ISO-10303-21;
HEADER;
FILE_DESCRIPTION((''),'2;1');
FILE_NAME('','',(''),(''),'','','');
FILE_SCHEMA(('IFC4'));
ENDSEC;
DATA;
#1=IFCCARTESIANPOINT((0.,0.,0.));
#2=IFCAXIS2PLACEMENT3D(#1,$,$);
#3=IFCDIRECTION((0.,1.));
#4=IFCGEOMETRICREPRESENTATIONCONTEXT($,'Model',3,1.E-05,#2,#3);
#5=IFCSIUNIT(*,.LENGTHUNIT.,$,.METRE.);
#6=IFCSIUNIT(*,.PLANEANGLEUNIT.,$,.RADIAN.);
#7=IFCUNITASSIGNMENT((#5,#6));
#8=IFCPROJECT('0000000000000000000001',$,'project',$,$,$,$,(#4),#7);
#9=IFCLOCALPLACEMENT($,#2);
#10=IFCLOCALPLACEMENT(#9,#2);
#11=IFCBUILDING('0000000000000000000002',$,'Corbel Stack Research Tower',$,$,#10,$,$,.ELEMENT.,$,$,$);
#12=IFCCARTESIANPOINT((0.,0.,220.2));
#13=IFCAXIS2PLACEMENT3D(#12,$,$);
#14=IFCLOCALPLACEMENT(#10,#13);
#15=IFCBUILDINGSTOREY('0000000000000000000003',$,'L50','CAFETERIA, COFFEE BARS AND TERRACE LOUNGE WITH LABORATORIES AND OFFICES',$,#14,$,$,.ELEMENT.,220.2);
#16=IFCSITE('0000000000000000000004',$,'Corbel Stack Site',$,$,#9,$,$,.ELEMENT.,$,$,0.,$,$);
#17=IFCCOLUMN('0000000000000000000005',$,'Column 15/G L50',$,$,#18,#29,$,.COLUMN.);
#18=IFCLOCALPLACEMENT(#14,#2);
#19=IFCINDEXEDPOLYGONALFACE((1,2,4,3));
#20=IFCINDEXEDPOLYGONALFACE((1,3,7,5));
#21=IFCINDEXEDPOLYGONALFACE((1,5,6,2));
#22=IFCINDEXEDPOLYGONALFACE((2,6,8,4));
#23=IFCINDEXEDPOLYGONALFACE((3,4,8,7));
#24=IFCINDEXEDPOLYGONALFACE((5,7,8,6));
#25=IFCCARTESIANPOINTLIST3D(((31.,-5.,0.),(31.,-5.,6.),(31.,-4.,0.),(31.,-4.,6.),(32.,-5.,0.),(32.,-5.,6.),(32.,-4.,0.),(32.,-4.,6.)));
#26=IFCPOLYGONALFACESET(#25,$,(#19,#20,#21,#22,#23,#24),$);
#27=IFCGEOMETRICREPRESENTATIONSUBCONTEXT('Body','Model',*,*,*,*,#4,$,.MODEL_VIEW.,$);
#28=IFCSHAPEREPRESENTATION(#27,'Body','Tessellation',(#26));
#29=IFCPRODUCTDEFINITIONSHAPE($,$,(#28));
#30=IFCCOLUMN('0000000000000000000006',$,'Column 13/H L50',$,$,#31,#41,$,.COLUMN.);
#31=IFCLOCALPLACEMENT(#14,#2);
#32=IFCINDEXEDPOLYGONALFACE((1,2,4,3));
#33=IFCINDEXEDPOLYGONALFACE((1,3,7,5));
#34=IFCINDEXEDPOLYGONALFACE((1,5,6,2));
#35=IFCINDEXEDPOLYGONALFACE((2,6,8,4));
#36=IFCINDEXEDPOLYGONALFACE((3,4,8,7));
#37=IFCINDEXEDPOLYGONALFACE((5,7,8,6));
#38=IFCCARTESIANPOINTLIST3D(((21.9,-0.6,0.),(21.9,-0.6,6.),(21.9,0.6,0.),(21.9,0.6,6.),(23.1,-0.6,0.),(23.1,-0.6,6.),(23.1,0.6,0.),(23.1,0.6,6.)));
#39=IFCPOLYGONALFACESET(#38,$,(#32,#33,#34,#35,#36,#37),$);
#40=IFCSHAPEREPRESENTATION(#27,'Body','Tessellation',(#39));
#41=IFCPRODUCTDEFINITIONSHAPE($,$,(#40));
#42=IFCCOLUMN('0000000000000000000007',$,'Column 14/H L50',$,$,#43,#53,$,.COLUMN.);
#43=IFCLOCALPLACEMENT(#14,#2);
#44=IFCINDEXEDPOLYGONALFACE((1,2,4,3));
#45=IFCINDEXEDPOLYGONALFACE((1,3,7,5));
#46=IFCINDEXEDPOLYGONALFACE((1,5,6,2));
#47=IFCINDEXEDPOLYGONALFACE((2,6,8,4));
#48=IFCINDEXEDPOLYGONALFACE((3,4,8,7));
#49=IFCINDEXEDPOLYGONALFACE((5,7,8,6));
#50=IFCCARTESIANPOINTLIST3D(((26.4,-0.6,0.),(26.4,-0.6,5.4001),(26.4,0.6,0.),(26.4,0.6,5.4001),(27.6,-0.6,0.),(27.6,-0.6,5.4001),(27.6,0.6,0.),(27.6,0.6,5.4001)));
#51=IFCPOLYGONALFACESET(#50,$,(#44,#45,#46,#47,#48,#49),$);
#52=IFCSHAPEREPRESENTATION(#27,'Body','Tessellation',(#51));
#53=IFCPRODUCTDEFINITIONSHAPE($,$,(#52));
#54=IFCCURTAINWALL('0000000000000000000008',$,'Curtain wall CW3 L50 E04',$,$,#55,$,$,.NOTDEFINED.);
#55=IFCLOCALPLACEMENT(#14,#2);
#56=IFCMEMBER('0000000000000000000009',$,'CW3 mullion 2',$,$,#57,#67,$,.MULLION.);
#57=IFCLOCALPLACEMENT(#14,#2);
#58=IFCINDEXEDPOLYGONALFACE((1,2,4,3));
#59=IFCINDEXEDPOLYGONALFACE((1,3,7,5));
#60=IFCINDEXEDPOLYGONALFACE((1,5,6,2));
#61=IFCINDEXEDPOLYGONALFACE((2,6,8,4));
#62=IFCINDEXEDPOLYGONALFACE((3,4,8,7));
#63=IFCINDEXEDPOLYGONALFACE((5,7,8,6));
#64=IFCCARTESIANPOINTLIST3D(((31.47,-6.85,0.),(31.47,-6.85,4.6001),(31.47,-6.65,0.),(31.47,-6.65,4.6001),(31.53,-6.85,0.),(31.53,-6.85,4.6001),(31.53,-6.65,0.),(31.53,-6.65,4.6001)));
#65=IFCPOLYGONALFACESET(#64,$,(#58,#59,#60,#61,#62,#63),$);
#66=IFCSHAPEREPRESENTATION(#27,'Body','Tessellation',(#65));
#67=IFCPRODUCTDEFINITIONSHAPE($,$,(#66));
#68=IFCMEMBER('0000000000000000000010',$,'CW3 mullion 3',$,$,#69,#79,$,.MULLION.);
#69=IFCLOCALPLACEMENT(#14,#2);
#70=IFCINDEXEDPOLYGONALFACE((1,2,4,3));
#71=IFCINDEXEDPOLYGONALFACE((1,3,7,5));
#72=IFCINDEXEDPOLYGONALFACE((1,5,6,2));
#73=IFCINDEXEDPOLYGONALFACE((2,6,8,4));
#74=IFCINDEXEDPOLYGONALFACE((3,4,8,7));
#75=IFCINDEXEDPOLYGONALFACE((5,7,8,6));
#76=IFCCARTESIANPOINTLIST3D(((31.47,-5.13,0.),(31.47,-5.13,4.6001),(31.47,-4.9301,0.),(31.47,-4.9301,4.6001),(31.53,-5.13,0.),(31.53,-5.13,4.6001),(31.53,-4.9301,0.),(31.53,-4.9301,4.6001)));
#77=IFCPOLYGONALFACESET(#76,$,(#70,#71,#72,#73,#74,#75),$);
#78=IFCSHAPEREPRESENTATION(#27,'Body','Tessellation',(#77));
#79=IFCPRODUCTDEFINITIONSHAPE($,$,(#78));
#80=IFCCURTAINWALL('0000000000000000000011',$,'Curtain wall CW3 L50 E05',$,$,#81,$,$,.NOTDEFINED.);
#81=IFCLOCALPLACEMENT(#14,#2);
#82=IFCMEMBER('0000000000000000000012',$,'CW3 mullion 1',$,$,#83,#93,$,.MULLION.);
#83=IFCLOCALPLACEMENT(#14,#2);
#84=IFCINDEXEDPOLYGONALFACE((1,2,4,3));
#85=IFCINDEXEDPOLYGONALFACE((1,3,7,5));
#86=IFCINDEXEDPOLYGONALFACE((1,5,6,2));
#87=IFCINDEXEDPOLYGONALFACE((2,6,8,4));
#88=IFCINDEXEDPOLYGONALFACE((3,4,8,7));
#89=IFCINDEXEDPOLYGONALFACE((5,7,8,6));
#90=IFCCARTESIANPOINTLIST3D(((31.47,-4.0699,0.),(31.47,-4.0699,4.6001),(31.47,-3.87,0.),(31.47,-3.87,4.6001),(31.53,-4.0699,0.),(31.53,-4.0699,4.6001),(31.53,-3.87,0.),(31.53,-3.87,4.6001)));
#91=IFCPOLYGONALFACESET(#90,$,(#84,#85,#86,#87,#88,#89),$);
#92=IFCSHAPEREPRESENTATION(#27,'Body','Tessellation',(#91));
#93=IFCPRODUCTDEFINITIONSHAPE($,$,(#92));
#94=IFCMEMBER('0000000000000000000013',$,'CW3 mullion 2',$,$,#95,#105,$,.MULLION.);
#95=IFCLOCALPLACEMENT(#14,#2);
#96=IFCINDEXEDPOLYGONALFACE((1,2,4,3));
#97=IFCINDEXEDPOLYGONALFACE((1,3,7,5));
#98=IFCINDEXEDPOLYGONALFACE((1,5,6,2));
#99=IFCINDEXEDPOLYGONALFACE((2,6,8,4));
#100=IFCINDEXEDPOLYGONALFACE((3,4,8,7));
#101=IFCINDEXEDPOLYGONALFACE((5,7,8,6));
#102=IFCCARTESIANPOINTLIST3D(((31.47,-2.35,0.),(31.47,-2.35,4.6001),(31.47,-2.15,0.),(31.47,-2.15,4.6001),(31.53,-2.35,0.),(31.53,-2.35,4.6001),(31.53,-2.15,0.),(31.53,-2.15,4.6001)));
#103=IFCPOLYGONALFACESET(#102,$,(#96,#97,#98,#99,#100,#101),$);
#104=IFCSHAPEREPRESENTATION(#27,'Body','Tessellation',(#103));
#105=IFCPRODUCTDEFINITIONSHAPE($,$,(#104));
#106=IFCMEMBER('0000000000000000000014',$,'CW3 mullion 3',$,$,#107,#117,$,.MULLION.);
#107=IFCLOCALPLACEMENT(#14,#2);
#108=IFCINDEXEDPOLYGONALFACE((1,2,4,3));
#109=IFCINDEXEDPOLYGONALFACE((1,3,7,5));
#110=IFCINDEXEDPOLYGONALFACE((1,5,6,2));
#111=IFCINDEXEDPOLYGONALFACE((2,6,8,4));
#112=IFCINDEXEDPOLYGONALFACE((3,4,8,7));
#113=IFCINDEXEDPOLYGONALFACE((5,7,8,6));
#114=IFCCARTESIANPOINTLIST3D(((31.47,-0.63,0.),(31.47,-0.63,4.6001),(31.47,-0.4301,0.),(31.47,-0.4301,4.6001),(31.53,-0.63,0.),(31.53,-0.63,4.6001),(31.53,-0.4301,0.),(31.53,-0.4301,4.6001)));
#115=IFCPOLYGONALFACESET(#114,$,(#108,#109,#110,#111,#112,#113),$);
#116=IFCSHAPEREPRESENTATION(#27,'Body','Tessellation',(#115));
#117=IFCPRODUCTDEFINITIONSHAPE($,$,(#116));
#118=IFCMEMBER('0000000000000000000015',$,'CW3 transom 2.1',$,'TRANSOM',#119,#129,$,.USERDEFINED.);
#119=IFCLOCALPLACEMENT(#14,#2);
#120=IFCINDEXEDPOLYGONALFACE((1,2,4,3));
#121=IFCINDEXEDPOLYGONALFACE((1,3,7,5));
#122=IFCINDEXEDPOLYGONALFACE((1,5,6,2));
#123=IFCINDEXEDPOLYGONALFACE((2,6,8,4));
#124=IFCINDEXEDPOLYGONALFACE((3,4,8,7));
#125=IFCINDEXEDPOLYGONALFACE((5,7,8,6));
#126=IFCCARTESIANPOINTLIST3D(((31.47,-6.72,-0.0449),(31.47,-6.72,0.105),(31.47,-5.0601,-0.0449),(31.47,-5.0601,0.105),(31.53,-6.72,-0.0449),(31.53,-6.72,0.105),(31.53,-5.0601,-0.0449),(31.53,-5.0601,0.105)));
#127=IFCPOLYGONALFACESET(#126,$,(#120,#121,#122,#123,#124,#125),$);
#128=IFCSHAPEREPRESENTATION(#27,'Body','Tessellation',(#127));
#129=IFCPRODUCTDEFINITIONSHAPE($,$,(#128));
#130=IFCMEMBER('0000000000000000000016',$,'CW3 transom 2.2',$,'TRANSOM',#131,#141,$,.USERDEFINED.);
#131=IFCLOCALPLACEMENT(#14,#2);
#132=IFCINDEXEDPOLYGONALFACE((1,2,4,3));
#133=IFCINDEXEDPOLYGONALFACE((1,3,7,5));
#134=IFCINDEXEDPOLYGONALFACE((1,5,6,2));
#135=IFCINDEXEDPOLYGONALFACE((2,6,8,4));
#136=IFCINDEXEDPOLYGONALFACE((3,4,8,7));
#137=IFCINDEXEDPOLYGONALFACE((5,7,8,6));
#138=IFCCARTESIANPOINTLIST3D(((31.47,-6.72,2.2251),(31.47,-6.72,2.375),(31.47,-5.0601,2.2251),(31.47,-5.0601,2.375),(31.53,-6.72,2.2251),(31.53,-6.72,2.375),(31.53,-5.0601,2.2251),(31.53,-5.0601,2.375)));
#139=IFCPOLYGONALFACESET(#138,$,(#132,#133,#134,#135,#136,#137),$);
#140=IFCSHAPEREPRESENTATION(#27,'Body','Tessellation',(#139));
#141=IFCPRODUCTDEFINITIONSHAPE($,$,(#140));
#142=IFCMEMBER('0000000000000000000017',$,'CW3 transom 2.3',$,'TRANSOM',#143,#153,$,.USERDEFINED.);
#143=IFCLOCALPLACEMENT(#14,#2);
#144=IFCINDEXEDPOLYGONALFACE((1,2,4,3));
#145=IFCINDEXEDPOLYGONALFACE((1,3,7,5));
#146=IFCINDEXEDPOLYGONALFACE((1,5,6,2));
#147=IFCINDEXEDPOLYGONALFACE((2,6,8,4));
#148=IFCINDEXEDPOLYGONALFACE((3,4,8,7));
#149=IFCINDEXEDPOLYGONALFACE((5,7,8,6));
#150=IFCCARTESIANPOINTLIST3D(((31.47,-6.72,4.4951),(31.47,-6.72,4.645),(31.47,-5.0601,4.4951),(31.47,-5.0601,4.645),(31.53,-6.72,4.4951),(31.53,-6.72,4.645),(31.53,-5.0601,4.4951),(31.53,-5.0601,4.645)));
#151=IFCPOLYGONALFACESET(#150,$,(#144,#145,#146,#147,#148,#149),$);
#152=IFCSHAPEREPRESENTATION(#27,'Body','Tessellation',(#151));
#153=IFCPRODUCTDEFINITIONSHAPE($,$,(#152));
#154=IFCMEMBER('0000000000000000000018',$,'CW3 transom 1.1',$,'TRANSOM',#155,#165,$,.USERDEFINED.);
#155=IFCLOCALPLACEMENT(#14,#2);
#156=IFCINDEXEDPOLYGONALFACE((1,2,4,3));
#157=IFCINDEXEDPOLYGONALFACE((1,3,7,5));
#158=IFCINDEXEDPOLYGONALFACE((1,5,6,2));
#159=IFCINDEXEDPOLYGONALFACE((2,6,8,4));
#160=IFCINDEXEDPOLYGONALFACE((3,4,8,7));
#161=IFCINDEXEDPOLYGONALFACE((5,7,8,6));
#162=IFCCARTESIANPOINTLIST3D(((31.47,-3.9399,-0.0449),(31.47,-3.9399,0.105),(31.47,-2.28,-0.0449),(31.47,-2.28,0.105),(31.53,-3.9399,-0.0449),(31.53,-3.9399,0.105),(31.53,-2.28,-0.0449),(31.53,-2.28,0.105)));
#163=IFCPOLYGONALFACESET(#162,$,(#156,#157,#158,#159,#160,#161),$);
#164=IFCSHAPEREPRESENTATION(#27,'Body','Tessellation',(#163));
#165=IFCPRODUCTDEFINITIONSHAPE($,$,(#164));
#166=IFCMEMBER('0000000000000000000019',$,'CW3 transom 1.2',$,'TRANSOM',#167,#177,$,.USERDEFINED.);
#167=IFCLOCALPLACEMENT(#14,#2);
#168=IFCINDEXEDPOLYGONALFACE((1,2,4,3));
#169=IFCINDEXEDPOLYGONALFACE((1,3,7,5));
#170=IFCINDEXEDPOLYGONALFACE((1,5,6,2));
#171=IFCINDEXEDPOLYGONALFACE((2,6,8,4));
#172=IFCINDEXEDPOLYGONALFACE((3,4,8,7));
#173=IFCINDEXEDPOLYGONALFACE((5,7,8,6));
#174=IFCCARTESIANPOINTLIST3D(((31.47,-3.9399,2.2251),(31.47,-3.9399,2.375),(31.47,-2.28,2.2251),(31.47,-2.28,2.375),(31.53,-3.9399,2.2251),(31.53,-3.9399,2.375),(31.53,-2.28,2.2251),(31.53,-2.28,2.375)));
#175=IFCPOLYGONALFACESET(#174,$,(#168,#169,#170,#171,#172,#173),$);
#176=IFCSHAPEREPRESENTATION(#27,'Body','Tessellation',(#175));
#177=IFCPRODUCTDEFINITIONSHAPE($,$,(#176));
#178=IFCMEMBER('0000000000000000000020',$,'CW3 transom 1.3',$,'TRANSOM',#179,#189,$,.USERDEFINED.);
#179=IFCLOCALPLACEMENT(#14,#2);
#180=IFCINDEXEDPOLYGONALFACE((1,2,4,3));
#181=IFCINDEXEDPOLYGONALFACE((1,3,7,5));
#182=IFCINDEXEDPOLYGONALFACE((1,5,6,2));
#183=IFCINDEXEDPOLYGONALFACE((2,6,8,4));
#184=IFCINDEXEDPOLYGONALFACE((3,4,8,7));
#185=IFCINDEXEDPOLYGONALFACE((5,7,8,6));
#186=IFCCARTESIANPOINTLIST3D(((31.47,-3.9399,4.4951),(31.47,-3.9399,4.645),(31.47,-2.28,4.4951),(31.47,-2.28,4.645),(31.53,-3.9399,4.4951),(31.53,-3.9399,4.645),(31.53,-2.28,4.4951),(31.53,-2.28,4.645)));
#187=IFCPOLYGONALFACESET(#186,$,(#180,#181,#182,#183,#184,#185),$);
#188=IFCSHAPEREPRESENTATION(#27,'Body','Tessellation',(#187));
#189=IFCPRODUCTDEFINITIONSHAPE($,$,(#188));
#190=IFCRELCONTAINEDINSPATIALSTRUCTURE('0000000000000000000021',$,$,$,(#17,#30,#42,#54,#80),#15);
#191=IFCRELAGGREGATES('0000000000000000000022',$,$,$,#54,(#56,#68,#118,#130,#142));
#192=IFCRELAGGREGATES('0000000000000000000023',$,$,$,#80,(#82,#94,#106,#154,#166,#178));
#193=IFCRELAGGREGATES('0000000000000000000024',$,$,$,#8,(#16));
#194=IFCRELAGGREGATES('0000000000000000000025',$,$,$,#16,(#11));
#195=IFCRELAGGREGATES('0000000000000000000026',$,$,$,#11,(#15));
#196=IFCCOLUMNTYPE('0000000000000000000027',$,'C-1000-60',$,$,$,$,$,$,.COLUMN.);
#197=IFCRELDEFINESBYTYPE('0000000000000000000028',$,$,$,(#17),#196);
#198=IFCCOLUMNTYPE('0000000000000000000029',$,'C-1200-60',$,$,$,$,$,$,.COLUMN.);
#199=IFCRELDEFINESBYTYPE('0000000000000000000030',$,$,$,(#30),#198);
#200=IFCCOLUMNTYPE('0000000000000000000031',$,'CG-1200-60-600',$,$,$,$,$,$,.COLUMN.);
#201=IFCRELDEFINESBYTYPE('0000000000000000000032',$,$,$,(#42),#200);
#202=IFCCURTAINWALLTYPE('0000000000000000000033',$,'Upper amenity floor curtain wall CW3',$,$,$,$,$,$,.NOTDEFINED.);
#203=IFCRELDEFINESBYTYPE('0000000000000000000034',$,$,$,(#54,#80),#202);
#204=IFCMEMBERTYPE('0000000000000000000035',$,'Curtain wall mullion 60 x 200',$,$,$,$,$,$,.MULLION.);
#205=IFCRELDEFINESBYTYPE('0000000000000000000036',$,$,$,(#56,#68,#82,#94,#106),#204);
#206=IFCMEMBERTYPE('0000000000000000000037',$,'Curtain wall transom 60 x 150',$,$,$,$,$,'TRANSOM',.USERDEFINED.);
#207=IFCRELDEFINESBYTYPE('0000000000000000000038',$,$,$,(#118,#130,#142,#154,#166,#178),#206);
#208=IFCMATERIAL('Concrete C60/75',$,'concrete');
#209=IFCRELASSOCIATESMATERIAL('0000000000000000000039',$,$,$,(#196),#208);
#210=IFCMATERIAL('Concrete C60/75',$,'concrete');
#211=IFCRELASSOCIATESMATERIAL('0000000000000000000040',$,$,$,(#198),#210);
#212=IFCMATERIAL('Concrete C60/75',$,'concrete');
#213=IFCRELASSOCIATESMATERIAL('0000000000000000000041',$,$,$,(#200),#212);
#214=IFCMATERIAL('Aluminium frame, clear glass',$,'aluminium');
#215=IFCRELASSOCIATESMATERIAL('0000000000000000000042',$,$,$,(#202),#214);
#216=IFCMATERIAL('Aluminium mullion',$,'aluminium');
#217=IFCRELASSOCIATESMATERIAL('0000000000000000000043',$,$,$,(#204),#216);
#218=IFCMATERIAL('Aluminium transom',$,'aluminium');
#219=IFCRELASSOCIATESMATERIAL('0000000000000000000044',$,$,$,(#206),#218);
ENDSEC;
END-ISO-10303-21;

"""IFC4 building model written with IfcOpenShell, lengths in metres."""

from ifc_helpers import new_model, si_unit, direction, frame, origin, origin_2d, place, context, subcontext, project, spatial, rectangle, extrude, material, material_profile, profile_set, type_object, element, aggregate, save


model = new_model("IFC4")

# Units and contexts
model_context = context("Model", 3, precision=1e-05, world=origin(), true_north=direction((0.0, 1.0)))
body_context = subcontext(model_context, "Body", "Model", "MODEL_VIEW")
ifc_project = project(units=[si_unit("LENGTHUNIT", "METRE"), si_unit("PLANEANGLEUNIT", "RADIAN")], contexts=[model_context])

# Site, building, storey
site_placement = place(None, origin())
site = spatial("IfcSite", under=ifc_project, at=site_placement, Name="Corbel Stack Site", CompositionType="ELEMENT", RefElevation=0.0)
building_placement = place(site_placement, origin())
building = spatial("IfcBuilding", under=site, at=building_placement, Name="Corbel Stack Research Tower", CompositionType="ELEMENT")
storey_placement = place(building_placement, frame((0.0, 0.0, 220.2)))
storey = spatial("IfcBuildingStorey", under=building, at=storey_placement, Name="L50", Description="CAFETERIA, COFFEE BARS AND TERRACE LOUNGE WITH LABORATORIES AND OFFICES", CompositionType="ELEMENT", Elevation=220.2)

# Columns
ifc_material_1 = material(Name="Concrete C60/75", Category="concrete")
ifc_material_profile_1 = material_profile(ifc_material_1, rectangle(XDim=1.0, YDim=1.0, at=origin_2d()), Name="RC 1000 x 1000")
ifc_profile_set_1 = profile_set([ifc_material_profile_1], Name="Concrete C60/75")
column_type_1 = type_object("IfcColumnType", Name="C-1000-60", PredefinedType="COLUMN", material=ifc_profile_set_1)
column_1_placement = place(storey_placement, frame((31.5, -4.5, 0.0), z_axis=(0.0, 0.0, 1.0), x_axis=(1.0, 0.0, 0.0)))
element("IfcColumn", 1, at=column_1_placement, inside=storey, type_object=column_type_1, Name="Column 15/G L50", PredefinedType="COLUMN", context=body_context, shape_type="SweptSolid", body=[
    extrude(rectangle(XDim=1.0, YDim=1.0, at=origin_2d()), origin(), (0.0, 0.0, 1.0), 6.0),
])
ifc_material_2 = material(Name="Concrete C60/75", Category="concrete")
ifc_material_profile_2 = material_profile(ifc_material_2, rectangle(XDim=1.2, YDim=1.2, at=origin_2d()), Name="RC 1200 x 1200")
ifc_profile_set_2 = profile_set([ifc_material_profile_2], Name="Concrete C60/75")
column_type_2 = type_object("IfcColumnType", Name="C-1200-60", PredefinedType="COLUMN", material=ifc_profile_set_2)
column_2_placement = place(storey_placement, frame((22.5, 0.0, 0.0), z_axis=(0.0, 0.0, 1.0), x_axis=(1.0, 0.0, 0.0)))
element("IfcColumn", 2, at=column_2_placement, inside=storey, type_object=column_type_2, Name="Column 13/H L50", PredefinedType="COLUMN", context=body_context, shape_type="SweptSolid", body=[
    extrude(rectangle(XDim=1.2, YDim=1.2, at=origin_2d()), origin(), (0.0, 0.0, 1.0), 6.0),
])
ifc_material_3 = material(Name="Concrete C60/75", Category="concrete")
ifc_material_profile_3 = material_profile(ifc_material_3, rectangle(XDim=1.2, YDim=1.2, at=origin_2d()), Name="RC 1200 x 1200")
ifc_profile_set_3 = profile_set([ifc_material_profile_3], Name="Concrete C60/75")
column_type_3 = type_object("IfcColumnType", Name="CG-1200-60-600", PredefinedType="COLUMN", material=ifc_profile_set_3)
column_3_placement = place(storey_placement, frame((27.0, 0.0, 0.0), z_axis=(0.0, 0.0, 1.0), x_axis=(1.0, 0.0, 0.0)))
element("IfcColumn", 3, at=column_3_placement, inside=storey, type_object=column_type_3, Name="Column 14/H L50", PredefinedType="COLUMN", context=body_context, shape_type="SweptSolid", body=[
    extrude(rectangle(XDim=1.2, YDim=1.2, at=origin_2d()), origin(), (0.0, 0.0, 1.0), 5.4001),
])

# Curtain walls, members
ifc_material_4 = material(Name="Aluminium frame, clear glass", Category="aluminium")
curtain_wall_type = type_object("IfcCurtainWallType", Name="Upper amenity floor curtain wall CW3", PredefinedType="NOTDEFINED", material=ifc_material_4)
curtain_wall_1_placement = place(storey_placement, origin())
curtain_wall_1 = element("IfcCurtainWall", 4, at=curtain_wall_1_placement, inside=storey, type_object=curtain_wall_type, Name="Curtain wall CW3 L50 E04", PredefinedType="NOTDEFINED")
ifc_material_5 = material(Name="Aluminium mullion", Category="aluminium")
ifc_material_profile_4 = material_profile(ifc_material_5, rectangle(XDim=0.0601, YDim=0.2, at=origin_2d()), Name="Mullion 60 x 200")
ifc_profile_set_4 = profile_set([ifc_material_profile_4], Name="Aluminium mullion")
member_type_1 = type_object("IfcMemberType", Name="Curtain wall mullion 60 x 200", PredefinedType="MULLION", material=ifc_profile_set_4)
member_1_placement = place(storey_placement, frame((31.5, -6.75, 0.0), z_axis=(0.0, 0.0, 1.0), x_axis=(-1.0, 0.0, 0.0)))
member_1 = element("IfcMember", 5, at=member_1_placement, type_object=member_type_1, Name="CW3 mullion 2", PredefinedType="MULLION", context=body_context, shape_type="SweptSolid", body=[
    extrude(rectangle(XDim=0.0601, YDim=0.2, at=origin_2d()), origin(), (0.0, 0.0, 1.0), 4.6001),
])
member_2_placement = place(storey_placement, frame((31.5, -5.03, 0.0), z_axis=(0.0, 0.0, 1.0), x_axis=(-1.0, 0.0, 0.0)))
member_2 = element("IfcMember", 6, at=member_2_placement, type_object=member_type_1, Name="CW3 mullion 3", PredefinedType="MULLION", context=body_context, shape_type="SweptSolid", body=[
    extrude(rectangle(XDim=0.0601, YDim=0.2, at=origin_2d()), origin(), (0.0, 0.0, 1.0), 4.6001),
])
curtain_wall_2_placement = place(storey_placement, origin())
curtain_wall_2 = element("IfcCurtainWall", 7, at=curtain_wall_2_placement, inside=storey, type_object=curtain_wall_type, Name="Curtain wall CW3 L50 E05", PredefinedType="NOTDEFINED")
member_3_placement = place(storey_placement, frame((31.5, -3.97, 0.0), z_axis=(0.0, 0.0, 1.0), x_axis=(-1.0, 0.0, 0.0)))
member_3 = element("IfcMember", 8, at=member_3_placement, type_object=member_type_1, Name="CW3 mullion 1", PredefinedType="MULLION", context=body_context, shape_type="SweptSolid", body=[
    extrude(rectangle(XDim=0.0601, YDim=0.2, at=origin_2d()), origin(), (0.0, 0.0, 1.0), 4.6001),
])
member_4_placement = place(storey_placement, frame((31.5, -2.25, 0.0), z_axis=(0.0, 0.0, 1.0), x_axis=(-1.0, 0.0, 0.0)))
member_4 = element("IfcMember", 9, at=member_4_placement, type_object=member_type_1, Name="CW3 mullion 2", PredefinedType="MULLION", context=body_context, shape_type="SweptSolid", body=[
    extrude(rectangle(XDim=0.0601, YDim=0.2, at=origin_2d()), origin(), (0.0, 0.0, 1.0), 4.6001),
])
member_5_placement = place(storey_placement, frame((31.5, -0.53, 0.0), z_axis=(0.0, 0.0, 1.0), x_axis=(-1.0, 0.0, 0.0)))
member_5 = element("IfcMember", 10, at=member_5_placement, type_object=member_type_1, Name="CW3 mullion 3", PredefinedType="MULLION", context=body_context, shape_type="SweptSolid", body=[
    extrude(rectangle(XDim=0.0601, YDim=0.2, at=origin_2d()), origin(), (0.0, 0.0, 1.0), 4.6001),
])

# Members
ifc_material_6 = material(Name="Aluminium transom", Category="aluminium")
ifc_material_profile_5 = material_profile(ifc_material_6, rectangle(XDim=0.0601, YDim=0.1499, at=origin_2d()), Name="Transom 60 x 150")
ifc_profile_set_5 = profile_set([ifc_material_profile_5], Name="Aluminium transom")
member_type_2 = type_object("IfcMemberType", Name="Curtain wall transom 60 x 150", ElementType="TRANSOM", PredefinedType="USERDEFINED", material=ifc_profile_set_5)
member_6_placement = place(storey_placement, frame((31.5, -6.72, 0.03), z_axis=(0.0, 1.0, 0.0), x_axis=(-1.0, 0.0, 0.0)))
member_6 = element("IfcMember", 11, at=member_6_placement, type_object=member_type_2, Name="CW3 transom 2.1", ObjectType="TRANSOM", PredefinedType="USERDEFINED", context=body_context, shape_type="SweptSolid", body=[
    extrude(rectangle(XDim=0.0601, YDim=0.1499, at=origin_2d()), origin(), (0.0, 0.0, 1.0), 1.6599),
])
member_7_placement = place(storey_placement, frame((31.5, -6.72, 2.3), z_axis=(0.0, 1.0, 0.0), x_axis=(-1.0, 0.0, 0.0)))
member_7 = element("IfcMember", 12, at=member_7_placement, type_object=member_type_2, Name="CW3 transom 2.2", ObjectType="TRANSOM", PredefinedType="USERDEFINED", context=body_context, shape_type="SweptSolid", body=[
    extrude(rectangle(XDim=0.0601, YDim=0.1499, at=origin_2d()), origin(), (0.0, 0.0, 1.0), 1.6599),
])
member_8_placement = place(storey_placement, frame((31.5, -6.72, 4.5701), z_axis=(0.0, 1.0, 0.0), x_axis=(-1.0, 0.0, 0.0)))
member_8 = element("IfcMember", 13, at=member_8_placement, type_object=member_type_2, Name="CW3 transom 2.3", ObjectType="TRANSOM", PredefinedType="USERDEFINED", context=body_context, shape_type="SweptSolid", body=[
    extrude(rectangle(XDim=0.0601, YDim=0.1499, at=origin_2d()), origin(), (0.0, 0.0, 1.0), 1.6599),
])
member_9_placement = place(storey_placement, frame((31.5, -3.9399, 0.03), z_axis=(0.0, 1.0, 0.0), x_axis=(-1.0, 0.0, 0.0)))
member_9 = element("IfcMember", 14, at=member_9_placement, type_object=member_type_2, Name="CW3 transom 1.1", ObjectType="TRANSOM", PredefinedType="USERDEFINED", context=body_context, shape_type="SweptSolid", body=[
    extrude(rectangle(XDim=0.0601, YDim=0.1499, at=origin_2d()), origin(), (0.0, 0.0, 1.0), 1.6599),
])
member_10_placement = place(storey_placement, frame((31.5, -3.9399, 2.3), z_axis=(0.0, 1.0, 0.0), x_axis=(-1.0, 0.0, 0.0)))
member_10 = element("IfcMember", 15, at=member_10_placement, type_object=member_type_2, Name="CW3 transom 1.2", ObjectType="TRANSOM", PredefinedType="USERDEFINED", context=body_context, shape_type="SweptSolid", body=[
    extrude(rectangle(XDim=0.0601, YDim=0.1499, at=origin_2d()), origin(), (0.0, 0.0, 1.0), 1.6599),
])
member_11_placement = place(storey_placement, frame((31.5, -3.9399, 4.5701), z_axis=(0.0, 1.0, 0.0), x_axis=(-1.0, 0.0, 0.0)))
member_11 = element("IfcMember", 16, at=member_11_placement, type_object=member_type_2, Name="CW3 transom 1.3", ObjectType="TRANSOM", PredefinedType="USERDEFINED", context=body_context, shape_type="SweptSolid", body=[
    extrude(rectangle(XDim=0.0601, YDim=0.1499, at=origin_2d()), origin(), (0.0, 0.0, 1.0), 1.6599),
])

aggregate(curtain_wall_1, [member_1, member_2, member_6, member_7, member_8])
aggregate(curtain_wall_2, [member_3, member_4, member_5, member_9, member_10, member_11])

save(model, "model.ifc")
